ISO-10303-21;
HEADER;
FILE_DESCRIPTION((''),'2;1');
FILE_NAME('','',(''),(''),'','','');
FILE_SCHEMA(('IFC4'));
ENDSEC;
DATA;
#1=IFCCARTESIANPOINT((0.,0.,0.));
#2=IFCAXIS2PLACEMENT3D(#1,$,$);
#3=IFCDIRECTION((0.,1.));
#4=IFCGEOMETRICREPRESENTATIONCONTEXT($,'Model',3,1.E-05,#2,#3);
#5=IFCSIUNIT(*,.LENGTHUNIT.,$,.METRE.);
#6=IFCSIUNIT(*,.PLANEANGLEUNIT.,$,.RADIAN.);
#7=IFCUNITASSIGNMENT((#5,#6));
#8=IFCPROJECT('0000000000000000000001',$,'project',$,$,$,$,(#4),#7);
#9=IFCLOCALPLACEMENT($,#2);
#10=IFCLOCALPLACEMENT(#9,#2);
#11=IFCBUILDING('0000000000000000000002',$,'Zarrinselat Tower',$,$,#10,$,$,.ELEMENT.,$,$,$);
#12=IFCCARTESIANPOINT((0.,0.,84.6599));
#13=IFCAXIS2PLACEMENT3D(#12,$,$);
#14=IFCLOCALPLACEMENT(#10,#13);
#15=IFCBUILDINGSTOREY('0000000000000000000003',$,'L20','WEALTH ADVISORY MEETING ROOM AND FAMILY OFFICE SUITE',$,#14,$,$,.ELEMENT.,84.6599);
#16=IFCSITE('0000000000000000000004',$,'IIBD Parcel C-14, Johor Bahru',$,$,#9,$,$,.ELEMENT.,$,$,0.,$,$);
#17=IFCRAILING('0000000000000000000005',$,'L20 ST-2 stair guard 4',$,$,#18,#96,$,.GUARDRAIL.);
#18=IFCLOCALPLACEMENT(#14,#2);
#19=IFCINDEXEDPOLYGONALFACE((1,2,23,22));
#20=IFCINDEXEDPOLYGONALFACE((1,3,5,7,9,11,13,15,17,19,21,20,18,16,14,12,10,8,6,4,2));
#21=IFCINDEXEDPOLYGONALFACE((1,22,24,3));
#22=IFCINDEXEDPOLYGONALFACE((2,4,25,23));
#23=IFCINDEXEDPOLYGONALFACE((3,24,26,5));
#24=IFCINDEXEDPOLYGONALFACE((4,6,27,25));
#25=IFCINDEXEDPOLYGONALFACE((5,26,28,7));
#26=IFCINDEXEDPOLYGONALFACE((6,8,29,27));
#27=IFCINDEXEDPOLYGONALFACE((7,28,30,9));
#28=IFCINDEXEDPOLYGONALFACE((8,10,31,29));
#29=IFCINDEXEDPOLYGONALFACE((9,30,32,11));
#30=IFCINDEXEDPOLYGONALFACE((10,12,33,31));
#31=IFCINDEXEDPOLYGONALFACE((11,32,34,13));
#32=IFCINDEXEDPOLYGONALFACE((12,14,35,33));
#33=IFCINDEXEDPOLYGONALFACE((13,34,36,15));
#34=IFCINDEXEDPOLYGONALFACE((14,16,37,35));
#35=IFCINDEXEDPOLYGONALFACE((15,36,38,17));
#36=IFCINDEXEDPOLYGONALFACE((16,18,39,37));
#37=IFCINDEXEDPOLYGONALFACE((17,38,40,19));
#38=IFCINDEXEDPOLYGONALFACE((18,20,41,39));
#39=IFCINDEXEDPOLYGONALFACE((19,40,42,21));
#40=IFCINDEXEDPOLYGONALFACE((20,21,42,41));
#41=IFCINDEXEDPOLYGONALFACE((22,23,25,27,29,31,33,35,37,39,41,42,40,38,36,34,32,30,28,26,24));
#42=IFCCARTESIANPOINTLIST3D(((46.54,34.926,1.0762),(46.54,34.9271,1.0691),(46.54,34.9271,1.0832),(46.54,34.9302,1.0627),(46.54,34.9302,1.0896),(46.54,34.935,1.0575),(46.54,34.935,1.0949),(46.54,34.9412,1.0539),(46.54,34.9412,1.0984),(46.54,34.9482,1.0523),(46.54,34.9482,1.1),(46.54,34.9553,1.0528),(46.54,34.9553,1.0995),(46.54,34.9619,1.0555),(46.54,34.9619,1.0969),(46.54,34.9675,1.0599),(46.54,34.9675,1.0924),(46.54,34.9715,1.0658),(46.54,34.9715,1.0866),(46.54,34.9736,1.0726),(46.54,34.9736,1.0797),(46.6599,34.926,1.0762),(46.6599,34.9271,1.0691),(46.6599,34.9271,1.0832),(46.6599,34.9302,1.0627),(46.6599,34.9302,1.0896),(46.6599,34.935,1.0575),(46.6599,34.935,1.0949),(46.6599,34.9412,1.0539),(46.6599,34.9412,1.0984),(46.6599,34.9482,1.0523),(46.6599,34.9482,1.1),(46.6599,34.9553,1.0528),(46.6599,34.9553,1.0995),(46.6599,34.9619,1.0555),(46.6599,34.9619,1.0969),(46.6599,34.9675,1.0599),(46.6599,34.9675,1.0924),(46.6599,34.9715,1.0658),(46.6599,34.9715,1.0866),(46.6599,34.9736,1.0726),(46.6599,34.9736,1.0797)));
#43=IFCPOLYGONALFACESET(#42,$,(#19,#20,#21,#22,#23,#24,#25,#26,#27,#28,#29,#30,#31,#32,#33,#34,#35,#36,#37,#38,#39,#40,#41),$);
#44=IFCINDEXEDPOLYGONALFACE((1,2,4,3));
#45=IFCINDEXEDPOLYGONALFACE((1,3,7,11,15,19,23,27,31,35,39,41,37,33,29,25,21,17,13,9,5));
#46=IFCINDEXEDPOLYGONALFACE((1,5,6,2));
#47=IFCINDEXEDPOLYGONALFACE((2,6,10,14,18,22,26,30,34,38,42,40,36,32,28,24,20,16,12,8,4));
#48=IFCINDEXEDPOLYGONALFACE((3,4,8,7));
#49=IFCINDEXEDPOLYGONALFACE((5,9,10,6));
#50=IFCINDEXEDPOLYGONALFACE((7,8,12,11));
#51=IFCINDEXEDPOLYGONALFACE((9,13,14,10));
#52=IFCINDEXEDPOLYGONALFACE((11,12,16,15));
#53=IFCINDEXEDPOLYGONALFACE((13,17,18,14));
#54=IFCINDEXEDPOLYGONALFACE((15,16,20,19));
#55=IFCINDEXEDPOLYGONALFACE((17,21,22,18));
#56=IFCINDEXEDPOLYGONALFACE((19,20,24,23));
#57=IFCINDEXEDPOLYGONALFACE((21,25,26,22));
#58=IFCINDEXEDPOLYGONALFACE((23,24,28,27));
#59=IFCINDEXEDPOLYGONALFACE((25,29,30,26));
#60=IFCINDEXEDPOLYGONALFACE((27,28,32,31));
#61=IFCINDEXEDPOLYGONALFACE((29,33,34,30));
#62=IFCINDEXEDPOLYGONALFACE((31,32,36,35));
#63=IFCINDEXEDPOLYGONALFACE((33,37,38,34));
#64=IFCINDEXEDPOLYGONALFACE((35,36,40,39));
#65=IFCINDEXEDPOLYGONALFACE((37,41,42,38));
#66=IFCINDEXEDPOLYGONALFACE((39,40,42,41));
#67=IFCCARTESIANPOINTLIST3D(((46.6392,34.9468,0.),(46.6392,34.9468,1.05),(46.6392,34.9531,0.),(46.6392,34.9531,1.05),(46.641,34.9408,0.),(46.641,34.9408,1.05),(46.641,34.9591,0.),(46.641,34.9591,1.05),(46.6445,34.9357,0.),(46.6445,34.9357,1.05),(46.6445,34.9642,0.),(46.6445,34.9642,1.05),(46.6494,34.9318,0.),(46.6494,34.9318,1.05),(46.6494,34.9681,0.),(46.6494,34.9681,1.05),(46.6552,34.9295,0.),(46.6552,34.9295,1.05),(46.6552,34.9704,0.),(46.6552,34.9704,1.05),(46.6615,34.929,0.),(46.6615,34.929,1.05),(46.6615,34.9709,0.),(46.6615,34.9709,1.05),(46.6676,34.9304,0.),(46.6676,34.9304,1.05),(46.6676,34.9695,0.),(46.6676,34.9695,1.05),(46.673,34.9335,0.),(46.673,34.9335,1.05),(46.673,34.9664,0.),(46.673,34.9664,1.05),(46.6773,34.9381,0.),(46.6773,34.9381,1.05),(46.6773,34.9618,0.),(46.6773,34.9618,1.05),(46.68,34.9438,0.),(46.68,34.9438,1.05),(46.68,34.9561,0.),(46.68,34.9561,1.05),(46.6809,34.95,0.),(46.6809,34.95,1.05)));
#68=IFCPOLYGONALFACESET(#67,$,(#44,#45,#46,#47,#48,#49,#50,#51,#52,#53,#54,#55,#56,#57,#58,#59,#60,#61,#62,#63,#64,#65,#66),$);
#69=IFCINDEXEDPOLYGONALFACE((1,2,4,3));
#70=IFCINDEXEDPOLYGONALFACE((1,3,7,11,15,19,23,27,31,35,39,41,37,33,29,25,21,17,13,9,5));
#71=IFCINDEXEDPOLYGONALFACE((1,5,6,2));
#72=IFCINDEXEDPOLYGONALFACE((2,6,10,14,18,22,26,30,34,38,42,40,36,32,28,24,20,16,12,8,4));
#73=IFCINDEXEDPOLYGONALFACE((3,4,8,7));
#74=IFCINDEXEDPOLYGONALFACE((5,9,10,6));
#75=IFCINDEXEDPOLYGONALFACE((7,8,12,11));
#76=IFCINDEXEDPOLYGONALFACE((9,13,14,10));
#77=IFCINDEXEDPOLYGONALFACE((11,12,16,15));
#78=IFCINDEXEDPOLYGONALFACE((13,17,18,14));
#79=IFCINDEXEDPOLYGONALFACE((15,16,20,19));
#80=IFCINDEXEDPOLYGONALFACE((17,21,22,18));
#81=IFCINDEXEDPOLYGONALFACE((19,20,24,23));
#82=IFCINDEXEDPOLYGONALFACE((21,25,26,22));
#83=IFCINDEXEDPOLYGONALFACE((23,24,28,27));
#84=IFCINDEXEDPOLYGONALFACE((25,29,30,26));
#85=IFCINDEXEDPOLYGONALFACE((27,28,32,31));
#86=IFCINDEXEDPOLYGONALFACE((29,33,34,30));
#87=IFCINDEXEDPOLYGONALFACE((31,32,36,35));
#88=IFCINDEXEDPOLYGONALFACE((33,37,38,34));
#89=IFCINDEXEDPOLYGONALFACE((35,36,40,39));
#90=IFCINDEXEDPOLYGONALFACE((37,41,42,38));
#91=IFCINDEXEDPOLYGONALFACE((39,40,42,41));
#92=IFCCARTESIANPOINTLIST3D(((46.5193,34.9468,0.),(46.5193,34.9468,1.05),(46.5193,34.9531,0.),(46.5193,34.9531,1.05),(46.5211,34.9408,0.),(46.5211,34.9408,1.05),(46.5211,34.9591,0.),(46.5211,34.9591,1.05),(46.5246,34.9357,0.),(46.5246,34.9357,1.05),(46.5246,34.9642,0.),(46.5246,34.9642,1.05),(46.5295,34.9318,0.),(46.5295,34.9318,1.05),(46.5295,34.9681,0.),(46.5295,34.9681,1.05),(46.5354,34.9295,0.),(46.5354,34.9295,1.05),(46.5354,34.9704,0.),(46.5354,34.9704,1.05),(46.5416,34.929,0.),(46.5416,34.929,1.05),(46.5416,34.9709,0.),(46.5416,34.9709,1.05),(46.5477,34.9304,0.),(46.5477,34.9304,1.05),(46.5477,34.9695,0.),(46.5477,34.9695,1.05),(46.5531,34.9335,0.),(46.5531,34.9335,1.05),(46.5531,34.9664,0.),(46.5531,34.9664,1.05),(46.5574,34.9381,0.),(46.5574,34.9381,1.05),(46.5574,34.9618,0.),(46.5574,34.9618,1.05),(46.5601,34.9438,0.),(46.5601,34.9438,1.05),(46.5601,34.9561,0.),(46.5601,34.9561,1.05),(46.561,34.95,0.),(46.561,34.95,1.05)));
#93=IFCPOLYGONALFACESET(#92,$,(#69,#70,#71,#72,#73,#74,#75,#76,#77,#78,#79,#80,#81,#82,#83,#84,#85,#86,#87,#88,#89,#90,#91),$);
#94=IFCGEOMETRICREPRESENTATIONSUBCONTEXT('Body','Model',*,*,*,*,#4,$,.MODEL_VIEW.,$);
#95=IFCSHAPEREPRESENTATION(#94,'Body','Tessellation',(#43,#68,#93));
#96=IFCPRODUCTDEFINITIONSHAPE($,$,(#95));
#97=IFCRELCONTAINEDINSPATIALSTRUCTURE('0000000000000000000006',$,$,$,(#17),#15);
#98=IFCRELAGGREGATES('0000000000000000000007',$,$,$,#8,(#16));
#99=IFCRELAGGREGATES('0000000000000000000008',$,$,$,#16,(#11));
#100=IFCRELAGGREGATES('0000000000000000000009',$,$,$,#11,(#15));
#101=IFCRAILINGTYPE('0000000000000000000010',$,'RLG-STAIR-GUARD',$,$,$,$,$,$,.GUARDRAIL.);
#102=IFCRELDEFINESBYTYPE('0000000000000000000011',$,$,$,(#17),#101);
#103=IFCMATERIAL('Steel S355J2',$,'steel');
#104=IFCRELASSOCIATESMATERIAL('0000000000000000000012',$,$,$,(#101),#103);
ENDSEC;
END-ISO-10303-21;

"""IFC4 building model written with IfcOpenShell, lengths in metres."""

from ifc_helpers import new_model, si_unit, direction, frame, origin, origin_2d, place, context, subcontext, project, spatial, circle, extrude, material, type_object, element, save


model = new_model("IFC4")

# Units and contexts
model_context = context("Model", 3, precision=1e-05, world=origin(), true_north=direction((0.0, 1.0)))
body_context = subcontext(model_context, "Body", "Model", "MODEL_VIEW")
ifc_project = project(units=[si_unit("LENGTHUNIT", "METRE"), si_unit("PLANEANGLEUNIT", "RADIAN")], contexts=[model_context])

# Site, building, storey
site_placement = place(None, origin())
site = spatial("IfcSite", under=ifc_project, at=site_placement, Name="IIBD Parcel C-14, Johor Bahru", CompositionType="ELEMENT", RefElevation=0.0)
building_placement = place(site_placement, origin())
building = spatial("IfcBuilding", under=site, at=building_placement, Name="Zarrinselat Tower", CompositionType="ELEMENT")
storey_placement = place(building_placement, frame((0.0, 0.0, 84.6599)))
storey = spatial("IfcBuildingStorey", under=building, at=storey_placement, Name="L20", Description="WEALTH ADVISORY MEETING ROOM AND FAMILY OFFICE SUITE", CompositionType="ELEMENT", Elevation=84.6599)

# Railing
ifc_material_1 = material(Name="Steel S355J2", Category="steel")
railing_type_1 = type_object("IfcRailingType", Name="RLG-STAIR-GUARD", PredefinedType="GUARDRAIL", material=ifc_material_1)
railing_1_placement = place(storey_placement, frame((46.6599, 34.95, 0.0)))
element("IfcRailing", 1, at=railing_1_placement, inside=storey, type_object=railing_type_1, Name="L20 ST-2 stair guard 4", PredefinedType="GUARDRAIL", context=body_context, shape_type="SweptSolid", body=[
    extrude(circle(Radius=0.0239, at=origin_2d()), frame((0.0, 0.0, 1.0762), z_axis=(-1.0, 0.0, 0.0), x_axis=(0.0, -1.0, 0.0)), (0.0, 0.0, 1.0), 0.1199),
    extrude(circle(Radius=0.021, at=origin_2d()), origin(), (0.0, 0.0, 1.0), 1.05),
    extrude(circle(Radius=0.021, at=origin_2d()), frame((-0.1199, 0.0, 0.0)), (0.0, 0.0, 1.0), 1.05),
])

save(model, "model.ifc")
